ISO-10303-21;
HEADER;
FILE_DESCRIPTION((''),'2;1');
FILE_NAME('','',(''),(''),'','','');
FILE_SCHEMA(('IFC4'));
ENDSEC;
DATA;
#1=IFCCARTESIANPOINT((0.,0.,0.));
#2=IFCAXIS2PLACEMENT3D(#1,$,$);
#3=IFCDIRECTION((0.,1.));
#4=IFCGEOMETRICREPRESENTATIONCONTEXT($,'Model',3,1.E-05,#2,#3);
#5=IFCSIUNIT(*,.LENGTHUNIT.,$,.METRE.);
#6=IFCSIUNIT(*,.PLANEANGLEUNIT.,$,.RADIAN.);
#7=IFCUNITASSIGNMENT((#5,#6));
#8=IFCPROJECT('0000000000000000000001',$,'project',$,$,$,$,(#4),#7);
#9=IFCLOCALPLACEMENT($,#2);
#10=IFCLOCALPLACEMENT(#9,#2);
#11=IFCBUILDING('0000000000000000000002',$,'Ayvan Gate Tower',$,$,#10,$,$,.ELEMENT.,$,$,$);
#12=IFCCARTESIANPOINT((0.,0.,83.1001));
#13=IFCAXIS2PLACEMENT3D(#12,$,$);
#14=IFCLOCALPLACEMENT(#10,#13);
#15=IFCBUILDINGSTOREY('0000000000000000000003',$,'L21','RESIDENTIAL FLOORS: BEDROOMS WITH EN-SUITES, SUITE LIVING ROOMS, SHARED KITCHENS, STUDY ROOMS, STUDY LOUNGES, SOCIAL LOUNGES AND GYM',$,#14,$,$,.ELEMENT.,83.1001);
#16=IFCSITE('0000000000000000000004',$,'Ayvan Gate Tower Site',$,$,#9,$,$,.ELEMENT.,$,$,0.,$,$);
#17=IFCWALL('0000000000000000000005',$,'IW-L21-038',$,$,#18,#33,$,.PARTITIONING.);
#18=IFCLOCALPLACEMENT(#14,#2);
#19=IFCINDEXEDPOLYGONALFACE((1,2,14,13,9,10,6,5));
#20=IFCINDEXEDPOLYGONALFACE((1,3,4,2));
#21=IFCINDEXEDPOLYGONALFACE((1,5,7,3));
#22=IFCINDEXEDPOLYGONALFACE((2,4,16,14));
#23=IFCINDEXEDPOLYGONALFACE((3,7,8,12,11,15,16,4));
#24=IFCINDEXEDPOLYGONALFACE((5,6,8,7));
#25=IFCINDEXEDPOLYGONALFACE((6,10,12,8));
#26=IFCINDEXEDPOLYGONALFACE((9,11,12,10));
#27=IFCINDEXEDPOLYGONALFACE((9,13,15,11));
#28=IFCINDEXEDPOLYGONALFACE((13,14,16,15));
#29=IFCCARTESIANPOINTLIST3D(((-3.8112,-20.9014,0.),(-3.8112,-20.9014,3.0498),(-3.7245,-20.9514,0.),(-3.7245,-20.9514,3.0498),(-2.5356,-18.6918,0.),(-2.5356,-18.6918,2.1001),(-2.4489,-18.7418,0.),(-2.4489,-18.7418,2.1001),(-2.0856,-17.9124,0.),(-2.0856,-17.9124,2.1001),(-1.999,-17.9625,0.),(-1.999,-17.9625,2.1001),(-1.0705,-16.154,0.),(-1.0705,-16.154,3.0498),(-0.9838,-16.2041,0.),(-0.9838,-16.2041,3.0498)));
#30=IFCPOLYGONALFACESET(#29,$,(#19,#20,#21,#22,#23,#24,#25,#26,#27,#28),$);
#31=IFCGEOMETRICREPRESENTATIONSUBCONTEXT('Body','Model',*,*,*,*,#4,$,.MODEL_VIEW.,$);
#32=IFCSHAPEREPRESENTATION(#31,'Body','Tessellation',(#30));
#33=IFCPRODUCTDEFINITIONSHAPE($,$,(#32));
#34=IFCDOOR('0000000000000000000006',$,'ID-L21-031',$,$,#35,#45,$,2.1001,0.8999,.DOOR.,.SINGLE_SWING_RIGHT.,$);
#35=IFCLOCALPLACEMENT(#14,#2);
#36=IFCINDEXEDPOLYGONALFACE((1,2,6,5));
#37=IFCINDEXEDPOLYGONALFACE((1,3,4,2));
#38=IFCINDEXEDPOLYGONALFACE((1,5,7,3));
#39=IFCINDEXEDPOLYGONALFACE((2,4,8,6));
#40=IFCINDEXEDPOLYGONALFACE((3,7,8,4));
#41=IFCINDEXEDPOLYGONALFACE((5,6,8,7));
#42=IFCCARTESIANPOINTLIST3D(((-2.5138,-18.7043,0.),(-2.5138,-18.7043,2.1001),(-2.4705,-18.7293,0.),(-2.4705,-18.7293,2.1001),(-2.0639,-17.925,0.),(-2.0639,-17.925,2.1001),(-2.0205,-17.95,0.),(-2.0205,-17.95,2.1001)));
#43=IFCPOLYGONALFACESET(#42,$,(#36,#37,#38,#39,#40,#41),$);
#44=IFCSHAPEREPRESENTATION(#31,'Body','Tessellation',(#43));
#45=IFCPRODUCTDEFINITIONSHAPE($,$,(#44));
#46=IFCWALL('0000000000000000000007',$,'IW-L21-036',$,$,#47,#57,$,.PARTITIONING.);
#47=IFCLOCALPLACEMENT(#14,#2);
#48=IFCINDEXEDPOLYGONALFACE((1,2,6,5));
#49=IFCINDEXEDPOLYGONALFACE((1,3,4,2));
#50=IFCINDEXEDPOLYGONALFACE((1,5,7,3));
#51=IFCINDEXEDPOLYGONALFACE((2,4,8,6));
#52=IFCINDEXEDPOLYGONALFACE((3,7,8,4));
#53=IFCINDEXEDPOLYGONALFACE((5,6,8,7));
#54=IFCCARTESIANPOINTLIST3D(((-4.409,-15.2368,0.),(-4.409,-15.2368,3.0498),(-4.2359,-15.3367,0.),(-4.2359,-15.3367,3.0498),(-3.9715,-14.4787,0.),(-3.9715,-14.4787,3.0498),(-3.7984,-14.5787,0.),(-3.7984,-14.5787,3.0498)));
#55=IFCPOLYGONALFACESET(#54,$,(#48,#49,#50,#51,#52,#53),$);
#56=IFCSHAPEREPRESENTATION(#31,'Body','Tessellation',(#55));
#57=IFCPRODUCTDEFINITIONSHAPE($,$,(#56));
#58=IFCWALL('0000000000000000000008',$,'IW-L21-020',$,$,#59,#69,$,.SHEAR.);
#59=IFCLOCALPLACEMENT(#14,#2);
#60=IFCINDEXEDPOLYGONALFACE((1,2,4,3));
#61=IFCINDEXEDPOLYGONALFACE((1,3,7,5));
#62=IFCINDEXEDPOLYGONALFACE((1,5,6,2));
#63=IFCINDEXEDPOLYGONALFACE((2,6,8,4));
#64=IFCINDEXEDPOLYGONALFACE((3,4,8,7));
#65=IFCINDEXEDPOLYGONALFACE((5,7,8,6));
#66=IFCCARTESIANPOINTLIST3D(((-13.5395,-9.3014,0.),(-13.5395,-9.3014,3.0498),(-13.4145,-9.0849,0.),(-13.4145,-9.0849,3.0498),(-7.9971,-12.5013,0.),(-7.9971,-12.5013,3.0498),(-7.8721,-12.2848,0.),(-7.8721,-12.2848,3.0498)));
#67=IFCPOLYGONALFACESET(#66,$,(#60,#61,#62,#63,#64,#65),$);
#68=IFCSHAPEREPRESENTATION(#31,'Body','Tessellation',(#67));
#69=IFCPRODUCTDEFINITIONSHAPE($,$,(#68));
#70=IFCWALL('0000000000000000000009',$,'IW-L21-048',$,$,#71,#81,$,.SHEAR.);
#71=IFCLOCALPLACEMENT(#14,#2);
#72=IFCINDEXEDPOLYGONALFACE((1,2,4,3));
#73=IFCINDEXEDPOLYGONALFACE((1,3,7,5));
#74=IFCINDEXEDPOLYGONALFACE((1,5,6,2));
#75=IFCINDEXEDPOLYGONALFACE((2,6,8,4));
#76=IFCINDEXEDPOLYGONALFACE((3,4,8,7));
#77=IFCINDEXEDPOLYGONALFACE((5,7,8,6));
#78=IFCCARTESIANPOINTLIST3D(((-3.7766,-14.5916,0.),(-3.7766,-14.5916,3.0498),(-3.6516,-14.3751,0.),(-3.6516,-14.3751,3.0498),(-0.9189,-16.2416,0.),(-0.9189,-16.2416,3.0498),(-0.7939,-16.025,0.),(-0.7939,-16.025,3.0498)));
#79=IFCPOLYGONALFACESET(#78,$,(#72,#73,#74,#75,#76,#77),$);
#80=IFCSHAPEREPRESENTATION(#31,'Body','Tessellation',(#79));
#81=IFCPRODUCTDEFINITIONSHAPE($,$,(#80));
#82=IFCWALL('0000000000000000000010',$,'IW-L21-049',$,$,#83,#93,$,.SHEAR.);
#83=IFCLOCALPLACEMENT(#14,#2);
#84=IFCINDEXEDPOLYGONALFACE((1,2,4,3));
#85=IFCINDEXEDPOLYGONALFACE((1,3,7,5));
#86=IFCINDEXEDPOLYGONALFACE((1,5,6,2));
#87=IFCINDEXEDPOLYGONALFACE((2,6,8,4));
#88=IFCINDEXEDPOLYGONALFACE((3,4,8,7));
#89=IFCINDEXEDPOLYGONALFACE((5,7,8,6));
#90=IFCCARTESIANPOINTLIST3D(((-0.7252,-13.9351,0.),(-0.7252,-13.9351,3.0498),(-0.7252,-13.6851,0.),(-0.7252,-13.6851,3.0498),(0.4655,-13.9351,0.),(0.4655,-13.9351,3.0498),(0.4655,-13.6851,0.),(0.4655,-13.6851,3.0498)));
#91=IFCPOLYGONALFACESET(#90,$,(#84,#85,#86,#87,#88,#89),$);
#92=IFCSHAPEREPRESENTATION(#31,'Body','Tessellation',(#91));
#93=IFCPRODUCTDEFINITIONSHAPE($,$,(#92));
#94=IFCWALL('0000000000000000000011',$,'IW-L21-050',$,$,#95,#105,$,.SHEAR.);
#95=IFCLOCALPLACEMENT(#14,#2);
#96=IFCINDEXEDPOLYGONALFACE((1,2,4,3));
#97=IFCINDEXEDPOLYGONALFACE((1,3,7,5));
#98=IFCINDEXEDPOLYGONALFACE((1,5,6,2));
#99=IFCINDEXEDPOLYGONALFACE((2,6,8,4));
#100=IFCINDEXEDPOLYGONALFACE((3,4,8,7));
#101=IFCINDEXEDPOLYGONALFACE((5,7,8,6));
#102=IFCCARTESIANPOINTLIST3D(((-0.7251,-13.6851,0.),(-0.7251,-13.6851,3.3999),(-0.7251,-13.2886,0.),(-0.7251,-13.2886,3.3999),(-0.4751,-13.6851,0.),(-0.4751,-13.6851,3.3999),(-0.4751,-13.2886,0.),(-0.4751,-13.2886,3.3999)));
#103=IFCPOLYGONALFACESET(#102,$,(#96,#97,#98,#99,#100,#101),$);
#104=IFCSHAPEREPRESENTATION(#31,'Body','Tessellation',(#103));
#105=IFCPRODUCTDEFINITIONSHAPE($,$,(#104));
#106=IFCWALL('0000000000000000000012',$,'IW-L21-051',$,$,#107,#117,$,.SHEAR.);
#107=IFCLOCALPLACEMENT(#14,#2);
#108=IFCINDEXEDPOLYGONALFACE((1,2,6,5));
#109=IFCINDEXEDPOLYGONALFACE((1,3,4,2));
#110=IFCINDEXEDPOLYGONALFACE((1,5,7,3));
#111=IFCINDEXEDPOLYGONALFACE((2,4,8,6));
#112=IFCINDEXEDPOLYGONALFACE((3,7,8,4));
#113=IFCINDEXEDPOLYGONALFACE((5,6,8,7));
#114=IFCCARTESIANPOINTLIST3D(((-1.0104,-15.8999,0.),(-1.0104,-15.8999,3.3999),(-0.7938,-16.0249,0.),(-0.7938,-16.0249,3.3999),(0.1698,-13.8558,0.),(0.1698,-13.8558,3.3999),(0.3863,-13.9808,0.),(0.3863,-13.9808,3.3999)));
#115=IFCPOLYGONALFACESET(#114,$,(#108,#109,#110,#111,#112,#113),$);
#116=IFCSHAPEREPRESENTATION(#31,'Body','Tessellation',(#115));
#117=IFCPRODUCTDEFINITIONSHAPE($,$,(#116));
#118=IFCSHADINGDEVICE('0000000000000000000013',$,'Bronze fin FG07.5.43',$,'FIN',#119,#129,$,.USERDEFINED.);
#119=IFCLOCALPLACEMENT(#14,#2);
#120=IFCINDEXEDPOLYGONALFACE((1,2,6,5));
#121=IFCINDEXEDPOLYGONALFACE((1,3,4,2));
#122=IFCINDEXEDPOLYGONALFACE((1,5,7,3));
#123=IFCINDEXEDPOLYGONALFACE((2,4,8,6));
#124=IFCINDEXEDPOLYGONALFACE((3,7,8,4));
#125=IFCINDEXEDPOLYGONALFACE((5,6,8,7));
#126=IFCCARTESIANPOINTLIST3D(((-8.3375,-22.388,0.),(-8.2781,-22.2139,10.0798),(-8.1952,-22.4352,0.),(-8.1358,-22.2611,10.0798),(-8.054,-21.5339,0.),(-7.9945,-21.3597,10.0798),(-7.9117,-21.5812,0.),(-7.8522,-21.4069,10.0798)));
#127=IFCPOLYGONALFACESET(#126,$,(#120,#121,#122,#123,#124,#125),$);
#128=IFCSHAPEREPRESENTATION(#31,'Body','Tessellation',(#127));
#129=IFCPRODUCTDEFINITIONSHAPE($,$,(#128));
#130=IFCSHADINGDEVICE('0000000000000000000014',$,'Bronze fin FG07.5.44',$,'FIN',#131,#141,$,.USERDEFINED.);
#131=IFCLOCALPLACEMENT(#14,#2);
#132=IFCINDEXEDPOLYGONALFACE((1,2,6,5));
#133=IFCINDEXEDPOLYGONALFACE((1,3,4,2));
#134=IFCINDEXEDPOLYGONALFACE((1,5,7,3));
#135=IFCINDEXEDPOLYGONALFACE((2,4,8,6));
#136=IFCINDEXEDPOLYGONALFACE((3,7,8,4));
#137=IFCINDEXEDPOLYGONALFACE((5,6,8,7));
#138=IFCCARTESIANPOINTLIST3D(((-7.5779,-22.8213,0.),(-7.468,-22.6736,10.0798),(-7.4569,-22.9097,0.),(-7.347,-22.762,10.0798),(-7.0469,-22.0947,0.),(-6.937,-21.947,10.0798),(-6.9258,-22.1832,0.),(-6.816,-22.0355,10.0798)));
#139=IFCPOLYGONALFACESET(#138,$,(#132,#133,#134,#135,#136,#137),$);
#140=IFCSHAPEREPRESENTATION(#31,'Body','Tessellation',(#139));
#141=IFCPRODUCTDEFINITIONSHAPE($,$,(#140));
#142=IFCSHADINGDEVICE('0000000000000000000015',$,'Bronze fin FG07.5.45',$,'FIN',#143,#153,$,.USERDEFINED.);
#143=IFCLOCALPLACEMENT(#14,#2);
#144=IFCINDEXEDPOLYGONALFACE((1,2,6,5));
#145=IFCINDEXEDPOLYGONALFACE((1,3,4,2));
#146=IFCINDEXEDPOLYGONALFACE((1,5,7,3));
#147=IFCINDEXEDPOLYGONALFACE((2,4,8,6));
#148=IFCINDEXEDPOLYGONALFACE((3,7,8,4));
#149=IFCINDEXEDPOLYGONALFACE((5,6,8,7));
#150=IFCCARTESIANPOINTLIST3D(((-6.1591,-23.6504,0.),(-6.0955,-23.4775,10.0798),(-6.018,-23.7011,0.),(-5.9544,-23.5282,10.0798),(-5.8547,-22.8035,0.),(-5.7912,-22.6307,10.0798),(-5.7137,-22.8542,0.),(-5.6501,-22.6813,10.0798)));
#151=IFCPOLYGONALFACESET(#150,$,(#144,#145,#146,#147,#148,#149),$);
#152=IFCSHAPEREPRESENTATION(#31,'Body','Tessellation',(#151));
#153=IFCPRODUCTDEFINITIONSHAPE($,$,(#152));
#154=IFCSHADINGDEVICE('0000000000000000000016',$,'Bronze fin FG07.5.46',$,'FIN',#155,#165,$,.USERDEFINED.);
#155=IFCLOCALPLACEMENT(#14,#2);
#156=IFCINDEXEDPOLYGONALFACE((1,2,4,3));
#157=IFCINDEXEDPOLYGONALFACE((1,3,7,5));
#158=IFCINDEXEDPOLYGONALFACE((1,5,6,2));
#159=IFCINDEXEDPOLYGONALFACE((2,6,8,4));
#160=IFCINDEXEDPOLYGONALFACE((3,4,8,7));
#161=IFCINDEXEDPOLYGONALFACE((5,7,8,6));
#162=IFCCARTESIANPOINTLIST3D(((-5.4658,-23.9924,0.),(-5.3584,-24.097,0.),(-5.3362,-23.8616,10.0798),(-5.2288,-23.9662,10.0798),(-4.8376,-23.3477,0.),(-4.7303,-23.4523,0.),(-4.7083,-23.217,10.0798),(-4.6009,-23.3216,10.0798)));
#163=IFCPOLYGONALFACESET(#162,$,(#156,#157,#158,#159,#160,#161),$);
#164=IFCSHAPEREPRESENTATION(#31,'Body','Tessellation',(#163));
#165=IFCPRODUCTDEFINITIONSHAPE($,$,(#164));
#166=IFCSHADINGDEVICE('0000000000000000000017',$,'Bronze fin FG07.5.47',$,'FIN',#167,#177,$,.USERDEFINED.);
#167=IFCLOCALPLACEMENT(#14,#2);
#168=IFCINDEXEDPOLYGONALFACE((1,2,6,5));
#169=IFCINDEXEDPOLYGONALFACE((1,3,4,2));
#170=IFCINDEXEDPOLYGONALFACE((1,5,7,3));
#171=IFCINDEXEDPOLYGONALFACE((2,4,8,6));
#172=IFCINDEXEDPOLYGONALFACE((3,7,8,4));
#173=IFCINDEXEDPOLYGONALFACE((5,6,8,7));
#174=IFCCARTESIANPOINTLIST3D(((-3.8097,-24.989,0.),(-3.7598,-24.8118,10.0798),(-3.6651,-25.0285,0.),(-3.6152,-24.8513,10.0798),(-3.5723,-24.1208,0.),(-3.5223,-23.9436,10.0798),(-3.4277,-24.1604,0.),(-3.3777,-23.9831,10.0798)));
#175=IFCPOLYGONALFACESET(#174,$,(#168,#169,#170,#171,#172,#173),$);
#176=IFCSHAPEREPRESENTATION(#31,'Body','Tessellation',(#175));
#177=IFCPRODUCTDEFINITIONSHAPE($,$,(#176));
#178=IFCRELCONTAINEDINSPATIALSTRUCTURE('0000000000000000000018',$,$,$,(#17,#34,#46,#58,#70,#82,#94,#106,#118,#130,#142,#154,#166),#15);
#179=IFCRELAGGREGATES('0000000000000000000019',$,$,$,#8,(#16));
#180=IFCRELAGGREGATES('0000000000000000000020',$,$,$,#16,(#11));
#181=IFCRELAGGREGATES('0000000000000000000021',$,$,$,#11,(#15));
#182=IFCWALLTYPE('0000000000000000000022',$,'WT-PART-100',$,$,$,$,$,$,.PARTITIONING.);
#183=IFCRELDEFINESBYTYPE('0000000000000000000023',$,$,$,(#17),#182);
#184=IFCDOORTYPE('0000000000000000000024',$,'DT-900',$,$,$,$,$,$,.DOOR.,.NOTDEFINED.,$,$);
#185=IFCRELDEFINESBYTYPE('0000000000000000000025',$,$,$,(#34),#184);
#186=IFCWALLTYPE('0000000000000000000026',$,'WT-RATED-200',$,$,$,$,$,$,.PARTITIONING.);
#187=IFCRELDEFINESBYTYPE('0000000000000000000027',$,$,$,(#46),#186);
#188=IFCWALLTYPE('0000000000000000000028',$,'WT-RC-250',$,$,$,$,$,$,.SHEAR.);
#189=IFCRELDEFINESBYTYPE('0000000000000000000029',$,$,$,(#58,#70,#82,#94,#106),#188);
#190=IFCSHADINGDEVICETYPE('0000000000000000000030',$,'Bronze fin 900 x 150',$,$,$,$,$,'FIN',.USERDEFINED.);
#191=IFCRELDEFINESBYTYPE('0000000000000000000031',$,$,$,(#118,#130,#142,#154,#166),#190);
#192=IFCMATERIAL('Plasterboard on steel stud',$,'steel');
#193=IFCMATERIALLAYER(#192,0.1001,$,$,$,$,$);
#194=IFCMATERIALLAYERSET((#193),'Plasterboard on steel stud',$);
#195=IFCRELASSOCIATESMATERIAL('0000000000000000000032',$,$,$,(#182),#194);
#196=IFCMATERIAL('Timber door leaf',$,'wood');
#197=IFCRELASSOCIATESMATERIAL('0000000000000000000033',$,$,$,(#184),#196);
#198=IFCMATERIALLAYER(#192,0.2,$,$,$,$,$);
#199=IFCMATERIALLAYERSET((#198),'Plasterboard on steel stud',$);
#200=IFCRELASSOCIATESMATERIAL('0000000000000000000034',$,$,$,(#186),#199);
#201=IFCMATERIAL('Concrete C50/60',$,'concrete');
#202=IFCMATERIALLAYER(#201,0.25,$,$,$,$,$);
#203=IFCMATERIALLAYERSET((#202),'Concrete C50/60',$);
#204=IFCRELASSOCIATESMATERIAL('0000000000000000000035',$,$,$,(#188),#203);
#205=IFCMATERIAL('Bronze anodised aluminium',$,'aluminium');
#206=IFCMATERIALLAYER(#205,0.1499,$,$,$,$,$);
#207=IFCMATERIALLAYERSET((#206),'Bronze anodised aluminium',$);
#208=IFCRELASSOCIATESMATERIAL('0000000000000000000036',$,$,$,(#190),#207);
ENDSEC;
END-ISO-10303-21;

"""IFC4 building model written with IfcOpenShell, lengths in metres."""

from ifc_helpers import new_model, si_unit, direction, frame, frame_2d, origin, place, context, subcontext, project, spatial, polyline, rectangle, outline, extrude, material, layer, layer_set, type_object, element, fill, save


model = new_model("IFC4")

# Units and contexts
model_context = context("Model", 3, precision=1e-05, world=origin(), true_north=direction((0.0, 1.0)))
body_context = subcontext(model_context, "Body", "Model", "MODEL_VIEW")
ifc_project = project(units=[si_unit("LENGTHUNIT", "METRE"), si_unit("PLANEANGLEUNIT", "RADIAN")], contexts=[model_context])

# Site, building, storey
site_placement = place(None, origin())
site = spatial("IfcSite", under=ifc_project, at=site_placement, Name="Ayvan Gate Tower Site", CompositionType="ELEMENT", RefElevation=0.0)
building_placement = place(site_placement, origin())
building = spatial("IfcBuilding", under=site, at=building_placement, Name="Ayvan Gate Tower", CompositionType="ELEMENT")
storey_placement = place(building_placement, frame((0.0, 0.0, 83.1001)))
storey = spatial("IfcBuildingStorey", under=building, at=storey_placement, Name="L21", Description="RESIDENTIAL FLOORS: BEDROOMS WITH EN-SUITES, SUITE LIVING ROOMS, SHARED KITCHENS, STUDY ROOMS, STUDY LOUNGES, SOCIAL LOUNGES AND GYM", CompositionType="ELEMENT", Elevation=83.1001)

# Shared definitions
ifc_material_1 = material(Name="Bronze anodised aluminium", Category="aluminium")

# Shared definitions
ifc_material_2 = material(Name="Plasterboard on steel stud", Category="steel")
ifc_layer_1 = layer(ifc_material_2, 0.1001)
ifc_layer_set_1 = layer_set([ifc_layer_1], Name="Plasterboard on steel stud")
wall_type_1 = type_object("IfcWallType", Name="WT-PART-100", PredefinedType="PARTITIONING", material=ifc_layer_set_1)

# Wall, opening, door
wall_1_placement = place(storey_placement, frame((-3.7678, -20.9263, 0.0), z_axis=(0.0, 0.0, 1.0), x_axis=(0.499981, 0.866037, 0.0)))
wall_1 = element("IfcWall", 1, at=wall_1_placement, inside=storey, type_object=wall_type_1, Name="IW-L21-038", PredefinedType="PARTITIONING", context=body_context, shape_type="SweptSolid", body=[
    extrude(rectangle(XDim=5.4817, YDim=0.1001, at=frame_2d((2.7407, 0.0))), origin(), (0.0, 0.0, 1.0), 3.0498),
])
opening_placement = place(wall_1_placement, frame((2.5513, 0.0, 0.0)))
opening = element("IfcOpeningElement", 2, at=opening_placement, cuts=wall_1, PredefinedType="OPENING", context=body_context, shape_type="SweptSolid", body=[
    extrude(rectangle(XDim=0.8999, YDim=2.1001, at=frame_2d((0.45, 1.05))), frame((0.0, 0.0601, 0.0), z_axis=(0.0, -1.0, 0.0), x_axis=(1.0, 0.0, 0.0)), (0.0, 0.0, 1.0), 0.1201),
])
ifc_material_3 = material(Name="Timber door leaf", Category="wood")
door_type = type_object("IfcDoorType", Name="DT-900", OperationType="NOTDEFINED", PredefinedType="DOOR", material=ifc_material_3)
door_placement = place(opening_placement, origin())
door = element("IfcDoor", 3, at=door_placement, inside=storey, type_object=door_type, Name="ID-L21-031", OperationType="SINGLE_SWING_RIGHT", OverallHeight=2.1001, OverallWidth=0.8999, PredefinedType="DOOR", context=body_context, shape_type="SweptSolid", body=[
    extrude(rectangle(XDim=0.8999, YDim=2.1001, at=frame_2d((0.45, 1.05))), frame((0.0, 0.0249, 0.0), z_axis=(0.0, -1.0, 0.0), x_axis=(1.0, 0.0, 0.0)), (0.0, 0.0, 1.0), 0.05),
])
fill(opening, door)

# Walls
ifc_layer_2 = layer(ifc_material_2, 0.2)
ifc_layer_set_2 = layer_set([ifc_layer_2], Name="Plasterboard on steel stud")
wall_type_2 = type_object("IfcWallType", Name="WT-RATED-200", PredefinedType="PARTITIONING", material=ifc_layer_set_2)
wall_2_placement = place(storey_placement, frame((-3.885, -14.5288, 0.0), z_axis=(0.0, 0.0, 1.0), x_axis=(-0.499859, -0.866107, 0.0)))
element("IfcWall", 4, at=wall_2_placement, inside=storey, type_object=wall_type_2, Name="IW-L21-036", PredefinedType="PARTITIONING", context=body_context, shape_type="SweptSolid", body=[
    extrude(rectangle(XDim=0.8752, YDim=0.2, at=frame_2d((0.4375, 0.0))), origin(), (0.0, 0.0, 1.0), 3.0498),
])
ifc_material_4 = material(Name="Concrete C50/60", Category="concrete")
ifc_layer_3 = layer(ifc_material_4, 0.25)
ifc_layer_set_3 = layer_set([ifc_layer_3], Name="Concrete C50/60")
wall_type_3 = type_object("IfcWallType", Name="WT-RC-250", PredefinedType="SHEAR", material=ifc_layer_set_3)
wall_3_placement = place(storey_placement, frame((-7.9346, -12.3931, 0.0), z_axis=(0.0, 0.0, 1.0), x_axis=(-0.866025, 0.5, 0.0)))
element("IfcWall", 5, at=wall_3_placement, inside=storey, type_object=wall_type_3, Name="IW-L21-020", PredefinedType="SHEAR", context=body_context, shape_type="SweptSolid", body=[
    extrude(rectangle(XDim=6.3999, YDim=0.25, at=frame_2d((3.2, 0.0))), origin(), (0.0, 0.0, 1.0), 3.0498),
])
wall_4_placement = place(storey_placement, frame((-0.8564, -16.1333, 0.0), z_axis=(0.0, 0.0, 1.0), x_axis=(-0.866022, 0.500006, 0.0)))
element("IfcWall", 6, at=wall_4_placement, inside=storey, type_object=wall_type_3, Name="IW-L21-048", PredefinedType="SHEAR", context=body_context, shape_type="SweptSolid", body=[
    extrude(rectangle(XDim=3.2998, YDim=0.25, at=frame_2d((1.6499, 0.0))), origin(), (0.0, 0.0, 1.0), 3.0498),
])
wall_5_placement = place(storey_placement, frame((-0.7251, -13.8101, 0.0), z_axis=(0.0, 0.0, 1.0), x_axis=(1.0, 0.0, 0.0)))
element("IfcWall", 7, at=wall_5_placement, inside=storey, type_object=wall_type_3, Name="IW-L21-049", PredefinedType="SHEAR", context=body_context, shape_type="SweptSolid", body=[
    extrude(rectangle(XDim=1.1907, YDim=0.25, at=frame_2d((0.5952, 0.0))), origin(), (0.0, 0.0, 1.0), 3.0498),
])
wall_6_placement = place(storey_placement, frame((-0.6001, -13.2886, 0.0), z_axis=(0.0, 0.0, 1.0), x_axis=(0.0, -1.0, 0.0)))
element("IfcWall", 8, at=wall_6_placement, inside=storey, type_object=wall_type_3, Name="IW-L21-050", PredefinedType="SHEAR", context=body_context, shape_type="SweptSolid", body=[
    extrude(rectangle(XDim=0.3965, YDim=0.25, at=frame_2d((0.1982, 0.0))), origin(), (0.0, 0.0, 1.0), 3.3999),
])
wall_7_placement = place(storey_placement, frame((-0.9021, -15.9624, 0.0), z_axis=(0.0, 0.0, 1.0), x_axis=(0.499988, 0.866032, 0.0)))
element("IfcWall", 9, at=wall_7_placement, inside=storey, type_object=wall_type_3, Name="IW-L21-051", PredefinedType="SHEAR", context=body_context, shape_type="SweptSolid", body=[
    extrude(rectangle(XDim=2.3604, YDim=0.25, at=frame_2d((1.1802, 0.0))), origin(), (0.0, 0.0, 1.0), 3.3999),
])

# Shading devices
ifc_layer_4 = layer(ifc_material_1, 0.1499)
ifc_layer_set_4 = layer_set([ifc_layer_4], Name="Bronze anodised aluminium")
shading_device_type = type_object("IfcShadingDeviceType", Name="Bronze fin 900 x 150", ElementType="FIN", PredefinedType="USERDEFINED", material=ifc_layer_set_4)
shading_device_1_placement = place(storey_placement, frame((-8.054, -21.5339, 0.0), z_axis=(-0.949062, 0.315088, 0.000152), x_axis=(-0.315088, -0.949062, 0.0)))
element("IfcShadingDevice", 10, at=shading_device_1_placement, inside=storey, type_object=shading_device_type, Name="Bronze fin FG07.5.43", ObjectType="FIN", PredefinedType="USERDEFINED", context=body_context, shape_type="SweptSolid", body=[
    extrude(outline(polyline([(0.0, 0.0), (0.8999, 0.0), (0.7159, 10.0798), (-0.1841, 10.0798), (0.0, 0.0)])), origin(), (0.0, 0.0, -1.0), 0.1499),
])
shading_device_2_placement = place(storey_placement, frame((-7.0469, -22.0947, 0.0), z_axis=(-0.807361, 0.590057, 0.000153), x_axis=(-0.590057, -0.807361, 0.0)))
element("IfcShadingDevice", 11, at=shading_device_2_placement, inside=storey, type_object=shading_device_type, Name="Bronze fin FG07.5.44", ObjectType="FIN", PredefinedType="USERDEFINED", context=body_context, shape_type="SweptSolid", body=[
    extrude(outline(polyline([(0.0, 0.0), (0.8999, 0.0), (0.7158, 10.0798), (-0.1841, 10.0798), (0.0, 0.0)])), origin(), (0.0, 0.0, -1.0), 0.1499),
])
shading_device_3_placement = place(storey_placement, frame((-5.8547, -22.8035, 0.0), z_axis=(-0.94109, 0.338157, 0.000139), x_axis=(-0.338157, -0.94109, 0.0)))
element("IfcShadingDevice", 12, at=shading_device_3_placement, inside=storey, type_object=shading_device_type, Name="Bronze fin FG07.5.45", ObjectType="FIN", PredefinedType="USERDEFINED", context=body_context, shape_type="SweptSolid", body=[
    extrude(outline(polyline([(0.0, 0.0), (0.9, 0.0), (0.7158, 10.0798), (-0.1841, 10.0798), (0.0, 0.0)])), origin(), (0.0, 0.0, -1.0), 0.1499),
])
shading_device_4_placement = place(storey_placement, frame((-4.8376, -23.3477, 0.0), z_axis=(-0.71627, 0.697824, 0.000153), x_axis=(-0.697824, -0.71627, 0.0)))
element("IfcShadingDevice", 13, at=shading_device_4_placement, inside=storey, type_object=shading_device_type, Name="Bronze fin FG07.5.46", ObjectType="FIN", PredefinedType="USERDEFINED", context=body_context, shape_type="SweptSolid", body=[
    extrude(outline(polyline([(0.0, 0.0), (0.9002, 0.0), (0.716, 10.0798), (-0.1839, 10.0798), (0.0, 0.0)])), origin(), (0.0, 0.0, -1.0), 0.1499),
])
shading_device_5_placement = place(storey_placement, frame((-3.5723, -24.1208, 0.0), z_axis=(-0.964579, 0.263794, 0.000139), x_axis=(-0.263794, -0.964579, 0.0)))
element("IfcShadingDevice", 14, at=shading_device_5_placement, inside=storey, type_object=shading_device_type, Name="Bronze fin FG07.5.47", ObjectType="FIN", PredefinedType="USERDEFINED", context=body_context, shape_type="SweptSolid", body=[
    extrude(outline(polyline([(0.0, 0.0), (0.9, 0.0), (0.7159, 10.0798), (-0.1842, 10.0798), (0.0, 0.0)])), origin(), (0.0, 0.0, -1.0), 0.1499),
])

save(model, "model.ifc")
